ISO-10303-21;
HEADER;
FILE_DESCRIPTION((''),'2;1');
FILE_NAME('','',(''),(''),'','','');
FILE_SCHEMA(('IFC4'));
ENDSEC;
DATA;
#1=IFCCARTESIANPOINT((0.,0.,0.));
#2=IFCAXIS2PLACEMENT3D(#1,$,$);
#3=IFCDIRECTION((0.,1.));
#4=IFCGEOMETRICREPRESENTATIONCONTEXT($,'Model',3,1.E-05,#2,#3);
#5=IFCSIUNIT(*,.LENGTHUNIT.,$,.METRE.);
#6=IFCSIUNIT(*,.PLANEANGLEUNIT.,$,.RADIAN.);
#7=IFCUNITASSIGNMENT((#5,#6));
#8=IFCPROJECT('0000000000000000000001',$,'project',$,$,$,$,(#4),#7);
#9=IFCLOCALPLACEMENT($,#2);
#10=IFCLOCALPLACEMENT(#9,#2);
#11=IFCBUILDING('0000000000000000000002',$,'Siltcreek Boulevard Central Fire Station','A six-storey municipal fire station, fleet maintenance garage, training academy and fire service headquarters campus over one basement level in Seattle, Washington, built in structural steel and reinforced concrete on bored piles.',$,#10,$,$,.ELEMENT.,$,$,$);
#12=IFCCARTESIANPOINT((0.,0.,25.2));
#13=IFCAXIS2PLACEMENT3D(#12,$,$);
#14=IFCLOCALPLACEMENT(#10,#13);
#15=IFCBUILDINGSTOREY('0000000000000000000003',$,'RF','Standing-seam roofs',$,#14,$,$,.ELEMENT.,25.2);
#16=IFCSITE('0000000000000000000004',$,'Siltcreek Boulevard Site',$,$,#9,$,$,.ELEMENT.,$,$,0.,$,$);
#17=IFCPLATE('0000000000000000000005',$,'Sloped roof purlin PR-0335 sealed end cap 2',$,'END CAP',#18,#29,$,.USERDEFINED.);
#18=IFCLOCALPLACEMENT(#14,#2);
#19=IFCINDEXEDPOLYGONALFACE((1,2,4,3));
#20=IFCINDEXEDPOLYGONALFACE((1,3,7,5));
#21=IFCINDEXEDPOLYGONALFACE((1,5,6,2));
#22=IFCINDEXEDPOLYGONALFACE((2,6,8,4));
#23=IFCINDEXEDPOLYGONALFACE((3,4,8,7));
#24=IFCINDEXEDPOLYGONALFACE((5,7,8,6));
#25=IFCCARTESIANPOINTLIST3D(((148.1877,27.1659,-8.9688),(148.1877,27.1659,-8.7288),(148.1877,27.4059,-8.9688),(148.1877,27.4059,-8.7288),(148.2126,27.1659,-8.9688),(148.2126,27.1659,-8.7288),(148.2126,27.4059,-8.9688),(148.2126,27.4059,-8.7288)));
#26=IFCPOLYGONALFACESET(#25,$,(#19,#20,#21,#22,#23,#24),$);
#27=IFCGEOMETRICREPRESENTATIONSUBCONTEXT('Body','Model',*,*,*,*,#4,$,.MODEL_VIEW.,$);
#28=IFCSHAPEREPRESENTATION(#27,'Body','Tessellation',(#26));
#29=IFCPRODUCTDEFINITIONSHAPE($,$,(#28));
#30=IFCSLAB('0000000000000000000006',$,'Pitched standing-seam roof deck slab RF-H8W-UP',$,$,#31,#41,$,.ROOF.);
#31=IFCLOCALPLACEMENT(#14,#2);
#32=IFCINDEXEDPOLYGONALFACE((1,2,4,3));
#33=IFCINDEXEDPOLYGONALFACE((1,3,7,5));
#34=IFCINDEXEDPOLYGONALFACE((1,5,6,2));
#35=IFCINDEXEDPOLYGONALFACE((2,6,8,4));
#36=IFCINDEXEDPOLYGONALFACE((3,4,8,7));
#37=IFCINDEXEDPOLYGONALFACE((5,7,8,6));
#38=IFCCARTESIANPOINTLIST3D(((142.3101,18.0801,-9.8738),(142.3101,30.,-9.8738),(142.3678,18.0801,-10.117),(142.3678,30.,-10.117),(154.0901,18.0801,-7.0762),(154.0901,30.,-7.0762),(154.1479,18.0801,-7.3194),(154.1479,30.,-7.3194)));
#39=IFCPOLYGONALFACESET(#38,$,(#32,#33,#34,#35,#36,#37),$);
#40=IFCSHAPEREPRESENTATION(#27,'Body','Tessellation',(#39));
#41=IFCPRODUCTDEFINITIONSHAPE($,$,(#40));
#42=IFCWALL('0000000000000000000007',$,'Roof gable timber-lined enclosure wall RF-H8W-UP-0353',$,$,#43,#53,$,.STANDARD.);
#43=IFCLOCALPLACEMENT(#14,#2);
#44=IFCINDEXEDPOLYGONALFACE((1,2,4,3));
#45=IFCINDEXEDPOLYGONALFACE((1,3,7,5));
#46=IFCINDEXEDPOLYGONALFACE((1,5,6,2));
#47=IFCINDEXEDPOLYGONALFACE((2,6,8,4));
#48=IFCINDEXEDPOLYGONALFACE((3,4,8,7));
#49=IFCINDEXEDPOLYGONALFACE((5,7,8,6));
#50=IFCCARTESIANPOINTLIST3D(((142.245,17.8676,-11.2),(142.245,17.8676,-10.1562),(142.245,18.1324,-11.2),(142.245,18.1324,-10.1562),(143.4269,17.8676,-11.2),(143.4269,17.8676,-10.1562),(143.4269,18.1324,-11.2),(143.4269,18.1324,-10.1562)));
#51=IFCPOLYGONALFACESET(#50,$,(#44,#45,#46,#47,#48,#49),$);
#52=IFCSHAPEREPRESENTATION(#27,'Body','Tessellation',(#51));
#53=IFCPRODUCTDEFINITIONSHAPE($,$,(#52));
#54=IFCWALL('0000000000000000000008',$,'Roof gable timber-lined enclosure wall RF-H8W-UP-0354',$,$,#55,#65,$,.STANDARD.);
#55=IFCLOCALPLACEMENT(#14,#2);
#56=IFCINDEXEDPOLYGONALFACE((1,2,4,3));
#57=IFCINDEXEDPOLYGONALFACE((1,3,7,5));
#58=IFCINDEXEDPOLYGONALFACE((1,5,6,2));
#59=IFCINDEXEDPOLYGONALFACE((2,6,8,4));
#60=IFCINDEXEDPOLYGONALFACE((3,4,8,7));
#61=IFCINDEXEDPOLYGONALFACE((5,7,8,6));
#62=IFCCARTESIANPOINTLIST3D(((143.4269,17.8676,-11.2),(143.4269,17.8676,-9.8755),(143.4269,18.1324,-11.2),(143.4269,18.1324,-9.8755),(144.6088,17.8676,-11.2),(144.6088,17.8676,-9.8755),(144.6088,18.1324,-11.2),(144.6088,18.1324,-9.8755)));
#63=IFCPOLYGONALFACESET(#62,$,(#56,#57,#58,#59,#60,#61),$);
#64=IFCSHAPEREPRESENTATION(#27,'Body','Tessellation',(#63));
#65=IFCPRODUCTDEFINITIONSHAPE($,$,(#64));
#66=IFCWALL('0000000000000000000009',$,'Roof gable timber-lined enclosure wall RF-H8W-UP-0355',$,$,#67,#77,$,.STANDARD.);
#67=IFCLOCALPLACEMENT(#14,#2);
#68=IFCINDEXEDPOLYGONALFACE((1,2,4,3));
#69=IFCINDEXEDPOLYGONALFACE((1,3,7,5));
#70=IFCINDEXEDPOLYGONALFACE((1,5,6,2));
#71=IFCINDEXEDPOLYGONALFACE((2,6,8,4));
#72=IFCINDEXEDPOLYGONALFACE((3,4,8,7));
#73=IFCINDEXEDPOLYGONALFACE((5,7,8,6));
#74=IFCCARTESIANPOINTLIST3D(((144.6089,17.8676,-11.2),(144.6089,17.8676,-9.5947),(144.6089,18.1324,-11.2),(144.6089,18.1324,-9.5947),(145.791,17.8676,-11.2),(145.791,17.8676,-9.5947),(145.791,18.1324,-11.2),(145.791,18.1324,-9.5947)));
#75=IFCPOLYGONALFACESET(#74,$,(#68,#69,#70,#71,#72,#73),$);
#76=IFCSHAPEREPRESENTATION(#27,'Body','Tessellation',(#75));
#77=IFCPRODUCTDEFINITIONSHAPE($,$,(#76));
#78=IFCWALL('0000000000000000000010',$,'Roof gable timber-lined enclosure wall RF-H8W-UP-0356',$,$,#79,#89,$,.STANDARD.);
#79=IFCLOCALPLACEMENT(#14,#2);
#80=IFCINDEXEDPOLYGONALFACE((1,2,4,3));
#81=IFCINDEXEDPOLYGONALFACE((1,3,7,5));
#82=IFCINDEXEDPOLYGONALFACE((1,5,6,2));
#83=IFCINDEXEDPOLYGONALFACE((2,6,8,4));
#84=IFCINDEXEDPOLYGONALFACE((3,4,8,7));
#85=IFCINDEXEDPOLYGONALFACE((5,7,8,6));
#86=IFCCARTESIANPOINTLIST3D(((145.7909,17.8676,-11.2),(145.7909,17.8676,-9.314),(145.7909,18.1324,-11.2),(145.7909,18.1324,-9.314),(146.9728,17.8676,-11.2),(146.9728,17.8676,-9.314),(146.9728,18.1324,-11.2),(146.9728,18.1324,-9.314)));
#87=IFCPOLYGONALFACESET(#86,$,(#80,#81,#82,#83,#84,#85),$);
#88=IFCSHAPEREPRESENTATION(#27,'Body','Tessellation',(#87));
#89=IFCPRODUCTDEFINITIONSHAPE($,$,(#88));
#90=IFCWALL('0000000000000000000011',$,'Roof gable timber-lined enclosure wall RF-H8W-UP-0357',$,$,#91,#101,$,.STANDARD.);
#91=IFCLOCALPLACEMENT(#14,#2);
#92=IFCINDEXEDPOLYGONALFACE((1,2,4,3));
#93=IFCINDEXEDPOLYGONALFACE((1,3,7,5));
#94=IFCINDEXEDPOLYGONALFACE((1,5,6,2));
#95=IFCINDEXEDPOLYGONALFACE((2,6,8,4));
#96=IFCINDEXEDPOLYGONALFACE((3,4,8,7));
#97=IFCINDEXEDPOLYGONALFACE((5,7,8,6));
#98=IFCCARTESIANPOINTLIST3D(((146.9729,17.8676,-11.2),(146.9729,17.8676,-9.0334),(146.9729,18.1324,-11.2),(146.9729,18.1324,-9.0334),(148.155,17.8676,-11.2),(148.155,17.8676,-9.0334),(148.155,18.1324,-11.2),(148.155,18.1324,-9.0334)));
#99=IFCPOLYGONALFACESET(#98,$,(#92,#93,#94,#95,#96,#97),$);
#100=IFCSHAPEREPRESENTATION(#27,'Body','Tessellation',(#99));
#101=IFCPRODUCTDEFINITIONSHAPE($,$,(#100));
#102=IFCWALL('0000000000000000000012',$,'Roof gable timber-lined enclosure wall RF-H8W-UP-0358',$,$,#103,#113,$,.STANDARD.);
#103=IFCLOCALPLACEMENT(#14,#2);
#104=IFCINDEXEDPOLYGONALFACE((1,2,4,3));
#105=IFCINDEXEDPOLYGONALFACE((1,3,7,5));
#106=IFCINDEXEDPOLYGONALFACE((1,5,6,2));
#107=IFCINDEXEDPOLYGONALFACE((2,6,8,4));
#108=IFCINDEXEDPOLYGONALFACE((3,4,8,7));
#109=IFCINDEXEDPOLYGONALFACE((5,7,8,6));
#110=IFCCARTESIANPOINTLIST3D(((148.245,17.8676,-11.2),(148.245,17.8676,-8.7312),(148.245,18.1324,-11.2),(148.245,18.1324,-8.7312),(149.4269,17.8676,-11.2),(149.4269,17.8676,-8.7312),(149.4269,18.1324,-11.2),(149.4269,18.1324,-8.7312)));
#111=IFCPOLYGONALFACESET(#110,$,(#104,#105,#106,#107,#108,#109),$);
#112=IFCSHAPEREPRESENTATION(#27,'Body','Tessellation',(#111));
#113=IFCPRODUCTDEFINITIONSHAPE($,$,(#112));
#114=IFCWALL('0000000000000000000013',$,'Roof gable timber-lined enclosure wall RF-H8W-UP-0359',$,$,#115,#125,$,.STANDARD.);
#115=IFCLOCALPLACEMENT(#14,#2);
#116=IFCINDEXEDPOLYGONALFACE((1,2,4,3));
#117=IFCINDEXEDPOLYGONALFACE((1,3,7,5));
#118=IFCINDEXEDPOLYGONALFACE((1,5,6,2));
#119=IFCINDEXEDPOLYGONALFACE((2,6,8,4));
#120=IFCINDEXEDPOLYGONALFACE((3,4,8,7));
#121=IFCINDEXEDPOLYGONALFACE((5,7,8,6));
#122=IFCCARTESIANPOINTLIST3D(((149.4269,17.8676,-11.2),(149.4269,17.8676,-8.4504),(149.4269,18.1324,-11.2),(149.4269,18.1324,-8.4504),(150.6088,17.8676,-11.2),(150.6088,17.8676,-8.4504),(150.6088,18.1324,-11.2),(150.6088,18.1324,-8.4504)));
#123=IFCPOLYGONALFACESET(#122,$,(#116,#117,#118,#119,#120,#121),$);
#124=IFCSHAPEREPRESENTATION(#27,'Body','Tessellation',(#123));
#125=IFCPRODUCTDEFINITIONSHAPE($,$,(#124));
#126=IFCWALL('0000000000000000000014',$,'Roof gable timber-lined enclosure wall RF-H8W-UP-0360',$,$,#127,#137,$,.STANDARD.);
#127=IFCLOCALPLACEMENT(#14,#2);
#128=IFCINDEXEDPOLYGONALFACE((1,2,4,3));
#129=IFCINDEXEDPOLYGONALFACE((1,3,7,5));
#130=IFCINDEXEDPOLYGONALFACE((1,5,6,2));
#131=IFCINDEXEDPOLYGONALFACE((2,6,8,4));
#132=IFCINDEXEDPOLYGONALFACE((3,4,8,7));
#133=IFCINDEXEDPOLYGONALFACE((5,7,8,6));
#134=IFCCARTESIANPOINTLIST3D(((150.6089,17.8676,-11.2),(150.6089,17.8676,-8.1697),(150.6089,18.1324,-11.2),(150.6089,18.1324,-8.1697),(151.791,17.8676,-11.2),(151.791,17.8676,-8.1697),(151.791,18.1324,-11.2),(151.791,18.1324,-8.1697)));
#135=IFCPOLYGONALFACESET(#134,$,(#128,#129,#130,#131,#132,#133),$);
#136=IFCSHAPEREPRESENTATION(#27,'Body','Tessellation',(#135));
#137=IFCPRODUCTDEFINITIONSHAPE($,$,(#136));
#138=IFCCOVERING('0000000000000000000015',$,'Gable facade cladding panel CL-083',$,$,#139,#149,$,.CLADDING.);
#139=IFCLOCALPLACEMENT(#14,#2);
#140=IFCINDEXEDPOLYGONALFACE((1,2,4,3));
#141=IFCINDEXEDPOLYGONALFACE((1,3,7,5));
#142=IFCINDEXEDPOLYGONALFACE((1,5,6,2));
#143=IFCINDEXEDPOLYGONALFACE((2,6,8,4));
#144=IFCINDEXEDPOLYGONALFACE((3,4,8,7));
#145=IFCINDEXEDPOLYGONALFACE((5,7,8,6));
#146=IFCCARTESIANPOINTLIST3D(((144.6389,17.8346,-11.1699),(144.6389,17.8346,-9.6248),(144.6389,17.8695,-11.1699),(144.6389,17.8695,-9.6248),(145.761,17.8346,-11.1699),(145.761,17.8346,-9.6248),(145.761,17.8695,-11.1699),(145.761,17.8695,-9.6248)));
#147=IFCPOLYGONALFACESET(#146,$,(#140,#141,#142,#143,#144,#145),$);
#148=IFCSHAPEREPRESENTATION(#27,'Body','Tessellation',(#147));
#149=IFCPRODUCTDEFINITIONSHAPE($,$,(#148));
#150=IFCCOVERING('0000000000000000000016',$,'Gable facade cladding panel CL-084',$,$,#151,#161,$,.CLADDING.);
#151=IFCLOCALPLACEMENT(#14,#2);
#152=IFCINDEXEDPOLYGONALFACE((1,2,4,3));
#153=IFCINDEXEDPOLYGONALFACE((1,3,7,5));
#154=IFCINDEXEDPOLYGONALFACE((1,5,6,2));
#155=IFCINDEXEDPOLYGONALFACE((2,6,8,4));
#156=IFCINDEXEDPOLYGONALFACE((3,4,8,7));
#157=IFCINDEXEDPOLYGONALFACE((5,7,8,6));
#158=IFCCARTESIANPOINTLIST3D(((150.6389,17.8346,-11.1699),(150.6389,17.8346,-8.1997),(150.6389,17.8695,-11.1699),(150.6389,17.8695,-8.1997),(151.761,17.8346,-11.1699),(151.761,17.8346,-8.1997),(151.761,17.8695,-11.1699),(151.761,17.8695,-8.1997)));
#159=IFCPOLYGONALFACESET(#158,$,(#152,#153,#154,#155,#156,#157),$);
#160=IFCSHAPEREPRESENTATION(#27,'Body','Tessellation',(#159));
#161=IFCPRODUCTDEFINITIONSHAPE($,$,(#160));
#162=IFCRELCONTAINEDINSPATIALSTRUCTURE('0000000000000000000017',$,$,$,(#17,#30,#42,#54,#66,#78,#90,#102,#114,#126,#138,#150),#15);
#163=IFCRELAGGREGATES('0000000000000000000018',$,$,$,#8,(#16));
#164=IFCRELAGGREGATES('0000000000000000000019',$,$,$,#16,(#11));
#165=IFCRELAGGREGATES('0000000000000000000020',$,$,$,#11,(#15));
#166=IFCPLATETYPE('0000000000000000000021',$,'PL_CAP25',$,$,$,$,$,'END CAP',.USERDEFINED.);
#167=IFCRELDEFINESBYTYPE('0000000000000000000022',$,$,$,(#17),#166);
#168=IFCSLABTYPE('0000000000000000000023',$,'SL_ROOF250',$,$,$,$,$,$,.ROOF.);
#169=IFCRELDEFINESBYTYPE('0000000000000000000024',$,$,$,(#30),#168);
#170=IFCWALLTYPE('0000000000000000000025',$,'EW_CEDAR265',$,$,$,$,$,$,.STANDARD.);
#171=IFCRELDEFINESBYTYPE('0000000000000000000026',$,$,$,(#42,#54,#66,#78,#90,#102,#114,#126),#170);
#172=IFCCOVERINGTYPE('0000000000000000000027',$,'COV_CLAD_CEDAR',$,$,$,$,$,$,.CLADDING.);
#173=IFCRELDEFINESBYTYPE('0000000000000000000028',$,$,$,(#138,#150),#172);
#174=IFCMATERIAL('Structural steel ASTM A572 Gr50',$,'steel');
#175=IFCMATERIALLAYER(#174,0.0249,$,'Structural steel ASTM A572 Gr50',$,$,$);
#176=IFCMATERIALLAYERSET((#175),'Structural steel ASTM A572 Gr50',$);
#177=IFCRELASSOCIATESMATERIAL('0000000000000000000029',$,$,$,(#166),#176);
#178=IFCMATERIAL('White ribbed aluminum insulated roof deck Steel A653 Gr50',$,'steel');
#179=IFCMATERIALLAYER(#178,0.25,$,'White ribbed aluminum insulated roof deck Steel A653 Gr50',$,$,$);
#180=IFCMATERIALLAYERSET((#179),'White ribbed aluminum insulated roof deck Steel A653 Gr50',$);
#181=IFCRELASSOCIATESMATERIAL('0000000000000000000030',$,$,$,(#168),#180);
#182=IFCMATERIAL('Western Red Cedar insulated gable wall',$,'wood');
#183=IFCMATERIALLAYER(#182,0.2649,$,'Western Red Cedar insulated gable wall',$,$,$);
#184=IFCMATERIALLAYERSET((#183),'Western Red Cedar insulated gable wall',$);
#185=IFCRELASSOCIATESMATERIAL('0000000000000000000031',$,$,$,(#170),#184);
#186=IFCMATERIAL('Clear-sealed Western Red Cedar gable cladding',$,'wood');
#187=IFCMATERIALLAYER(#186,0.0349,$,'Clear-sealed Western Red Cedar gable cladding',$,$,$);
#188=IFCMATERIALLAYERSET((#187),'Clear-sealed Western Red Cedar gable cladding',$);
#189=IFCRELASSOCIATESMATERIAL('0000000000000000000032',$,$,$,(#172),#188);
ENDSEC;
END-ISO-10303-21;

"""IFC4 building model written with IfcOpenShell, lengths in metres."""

from ifc_helpers import new_model, si_unit, direction, frame, frame_2d, origin, origin_2d, place, context, subcontext, project, spatial, polyline, rectangle, outline, extrude, material, layer, layer_set, type_object, element, save


model = new_model("IFC4")

# Units and contexts
model_context = context("Model", 3, precision=1e-05, world=origin(), true_north=direction((0.0, 1.0)))
body_context = subcontext(model_context, "Body", "Model", "MODEL_VIEW")
ifc_project = project(units=[si_unit("LENGTHUNIT", "METRE"), si_unit("PLANEANGLEUNIT", "RADIAN")], contexts=[model_context])

# Site, building, storey
site_placement = place(None, origin())
site = spatial("IfcSite", under=ifc_project, at=site_placement, Name="Siltcreek Boulevard Site", CompositionType="ELEMENT", RefElevation=0.0)
building_placement = place(site_placement, origin())
building = spatial("IfcBuilding", under=site, at=building_placement, Name="Siltcreek Boulevard Central Fire Station", Description="A six-storey municipal fire station, fleet maintenance garage, training academy and fire service headquarters campus over one basement level in Seattle, Washington, built in structural steel and reinforced concrete on bored piles.", CompositionType="ELEMENT")
storey_placement = place(building_placement, frame((0.0, 0.0, 25.2)))
storey = spatial("IfcBuildingStorey", under=building, at=storey_placement, Name="RF", Description="Standing-seam roofs", CompositionType="ELEMENT", Elevation=25.2)

# Plate
ifc_material_1 = material(Name="Structural steel ASTM A572 Gr50", Category="steel")
ifc_layer_1 = layer(ifc_material_1, 0.0249, Name="Structural steel ASTM A572 Gr50")
ifc_layer_set_1 = layer_set([ifc_layer_1], Name="Structural steel ASTM A572 Gr50")
plate_type = type_object("IfcPlateType", Name="PL_CAP25", ElementType="END CAP", PredefinedType="USERDEFINED", material=ifc_layer_set_1)
plate_placement = place(storey_placement, frame((148.2002, 27.2859, -8.9688), z_axis=(0.0, 0.0, 1.0), x_axis=(1.0, 0.0, 0.0)))
element("IfcPlate", 1, at=plate_placement, inside=storey, type_object=plate_type, Name="Sloped roof purlin PR-0335 sealed end cap 2", ObjectType="END CAP", PredefinedType="USERDEFINED", context=body_context, shape_type="SweptSolid", body=[
    extrude(rectangle(XDim=0.0249, YDim=0.24, at=origin_2d()), origin(), (0.0, 0.0, 1.0), 0.24),
])

# Slab
ifc_material_2 = material(Name="White ribbed aluminum insulated roof deck Steel A653 Gr50", Category="steel")
ifc_layer_2 = layer(ifc_material_2, 0.25, Name="White ribbed aluminum insulated roof deck Steel A653 Gr50")
ifc_layer_set_2 = layer_set([ifc_layer_2], Name="White ribbed aluminum insulated roof deck Steel A653 Gr50")
slab_type = type_object("IfcSlabType", Name="SL_ROOF250", PredefinedType="ROOF", material=ifc_layer_set_2)
slab_placement = place(storey_placement, frame((142.3101, 18.0801, -9.8738), z_axis=(-0.231061, 0.0, 0.972939), x_axis=(0.972939, 0.0, 0.231061)))
element("IfcSlab", 2, at=slab_placement, inside=storey, type_object=slab_type, Name="Pitched standing-seam roof deck slab RF-H8W-UP", PredefinedType="ROOF", context=body_context, shape_type="SweptSolid", body=[
    extrude(outline(polyline([(0.0, 0.0), (12.1077, 0.0), (12.1077, 11.9199), (0.0, 11.9199), (0.0, 0.0)])), origin(), (0.0, 0.0, -1.0), 0.25),
])

# Walls
ifc_material_3 = material(Name="Western Red Cedar insulated gable wall", Category="wood")
ifc_layer_3 = layer(ifc_material_3, 0.2649, Name="Western Red Cedar insulated gable wall")
ifc_layer_set_3 = layer_set([ifc_layer_3], Name="Western Red Cedar insulated gable wall")
wall_type = type_object("IfcWallType", Name="EW_CEDAR265", PredefinedType="STANDARD", material=ifc_layer_set_3)
wall_1_placement = place(storey_placement, frame((142.2451, 18.0, -11.2), z_axis=(0.0, 0.0, 1.0), x_axis=(1.0, 0.0, 0.0)))
element("IfcWall", 3, at=wall_1_placement, inside=storey, type_object=wall_type, Name="Roof gable timber-lined enclosure wall RF-H8W-UP-0353", PredefinedType="STANDARD", context=body_context, shape_type="SweptSolid", body=[
    extrude(rectangle(XDim=1.1819, YDim=0.2649, at=frame_2d((0.5908, 0.0))), origin(), (0.0, 0.0, 1.0), 1.0437),
])
wall_2_placement = place(storey_placement, frame((143.427, 18.0, -11.2), z_axis=(0.0, 0.0, 1.0), x_axis=(1.0, 0.0, 0.0)))
element("IfcWall", 4, at=wall_2_placement, inside=storey, type_object=wall_type, Name="Roof gable timber-lined enclosure wall RF-H8W-UP-0354", PredefinedType="STANDARD", context=body_context, shape_type="SweptSolid", body=[
    extrude(rectangle(XDim=1.1819, YDim=0.2649, at=frame_2d((0.5908, 0.0))), origin(), (0.0, 0.0, 1.0), 1.3245),
])
wall_3_placement = place(storey_placement, frame((144.6089, 18.0, -11.2), z_axis=(0.0, 0.0, 1.0), x_axis=(1.0, 0.0, 0.0)))
element("IfcWall", 5, at=wall_3_placement, inside=storey, type_object=wall_type, Name="Roof gable timber-lined enclosure wall RF-H8W-UP-0355", PredefinedType="STANDARD", context=body_context, shape_type="SweptSolid", body=[
    extrude(rectangle(XDim=1.1821, YDim=0.2649, at=frame_2d((0.5911, 0.0))), origin(), (0.0, 0.0, 1.0), 1.6052),
])
wall_4_placement = place(storey_placement, frame((145.791, 18.0, -11.2), z_axis=(0.0, 0.0, 1.0), x_axis=(1.0, 0.0, 0.0)))
element("IfcWall", 6, at=wall_4_placement, inside=storey, type_object=wall_type, Name="Roof gable timber-lined enclosure wall RF-H8W-UP-0356", PredefinedType="STANDARD", context=body_context, shape_type="SweptSolid", body=[
    extrude(rectangle(XDim=1.1819, YDim=0.2649, at=frame_2d((0.5908, 0.0))), origin(), (0.0, 0.0, 1.0), 1.886),
])
wall_5_placement = place(storey_placement, frame((146.9729, 18.0, -11.2), z_axis=(0.0, 0.0, 1.0), x_axis=(1.0, 0.0, 0.0)))
element("IfcWall", 7, at=wall_5_placement, inside=storey, type_object=wall_type, Name="Roof gable timber-lined enclosure wall RF-H8W-UP-0357", PredefinedType="STANDARD", context=body_context, shape_type="SweptSolid", body=[
    extrude(rectangle(XDim=1.1821, YDim=0.2649, at=frame_2d((0.5911, 0.0))), origin(), (0.0, 0.0, 1.0), 2.1665),
])
wall_6_placement = place(storey_placement, frame((148.2451, 18.0, -11.2), z_axis=(0.0, 0.0, 1.0), x_axis=(1.0, 0.0, 0.0)))
element("IfcWall", 8, at=wall_6_placement, inside=storey, type_object=wall_type, Name="Roof gable timber-lined enclosure wall RF-H8W-UP-0358", PredefinedType="STANDARD", context=body_context, shape_type="SweptSolid", body=[
    extrude(rectangle(XDim=1.1819, YDim=0.2649, at=frame_2d((0.5908, 0.0))), origin(), (0.0, 0.0, 1.0), 2.4688),
])
wall_7_placement = place(storey_placement, frame((149.427, 18.0, -11.2), z_axis=(0.0, 0.0, 1.0), x_axis=(1.0, 0.0, 0.0)))
element("IfcWall", 9, at=wall_7_placement, inside=storey, type_object=wall_type, Name="Roof gable timber-lined enclosure wall RF-H8W-UP-0359", PredefinedType="STANDARD", context=body_context, shape_type="SweptSolid", body=[
    extrude(rectangle(XDim=1.1819, YDim=0.2649, at=frame_2d((0.5908, 0.0))), origin(), (0.0, 0.0, 1.0), 2.7495),
])
wall_8_placement = place(storey_placement, frame((150.6089, 18.0, -11.2), z_axis=(0.0, 0.0, 1.0), x_axis=(1.0, 0.0, 0.0)))
element("IfcWall", 10, at=wall_8_placement, inside=storey, type_object=wall_type, Name="Roof gable timber-lined enclosure wall RF-H8W-UP-0360", PredefinedType="STANDARD", context=body_context, shape_type="SweptSolid", body=[
    extrude(rectangle(XDim=1.1821, YDim=0.2649, at=frame_2d((0.5911, 0.0))), origin(), (0.0, 0.0, 1.0), 3.0303),
])

# Coverings
ifc_material_4 = material(Name="Clear-sealed Western Red Cedar gable cladding", Category="wood")
ifc_layer_4 = layer(ifc_material_4, 0.0349, Name="Clear-sealed Western Red Cedar gable cladding")
ifc_layer_set_4 = layer_set([ifc_layer_4], Name="Clear-sealed Western Red Cedar gable cladding")
covering_type = type_object("IfcCoveringType", Name="COV_CLAD_CEDAR", PredefinedType="CLADDING", material=ifc_layer_set_4)
covering_1_placement = place(storey_placement, frame((145.2, 17.8521, -11.1699), z_axis=(0.0, 0.0, 1.0), x_axis=(1.0, 0.0, 0.0)))
element("IfcCovering", 11, at=covering_1_placement, inside=storey, type_object=covering_type, Name="Gable facade cladding panel CL-083", PredefinedType="CLADDING", context=body_context, shape_type="SweptSolid", body=[
    extrude(rectangle(XDim=1.1221, YDim=0.0349, at=origin_2d()), origin(), (0.0, 0.0, 1.0), 1.5452),
])
covering_2_placement = place(storey_placement, frame((151.2, 17.8521, -11.1699), z_axis=(0.0, 0.0, 1.0), x_axis=(1.0, 0.0, 0.0)))
element("IfcCovering", 12, at=covering_2_placement, inside=storey, type_object=covering_type, Name="Gable facade cladding panel CL-084", PredefinedType="CLADDING", context=body_context, shape_type="SweptSolid", body=[
    extrude(rectangle(XDim=1.1221, YDim=0.0349, at=origin_2d()), origin(), (0.0, 0.0, 1.0), 2.9702),
])

save(model, "model.ifc")
